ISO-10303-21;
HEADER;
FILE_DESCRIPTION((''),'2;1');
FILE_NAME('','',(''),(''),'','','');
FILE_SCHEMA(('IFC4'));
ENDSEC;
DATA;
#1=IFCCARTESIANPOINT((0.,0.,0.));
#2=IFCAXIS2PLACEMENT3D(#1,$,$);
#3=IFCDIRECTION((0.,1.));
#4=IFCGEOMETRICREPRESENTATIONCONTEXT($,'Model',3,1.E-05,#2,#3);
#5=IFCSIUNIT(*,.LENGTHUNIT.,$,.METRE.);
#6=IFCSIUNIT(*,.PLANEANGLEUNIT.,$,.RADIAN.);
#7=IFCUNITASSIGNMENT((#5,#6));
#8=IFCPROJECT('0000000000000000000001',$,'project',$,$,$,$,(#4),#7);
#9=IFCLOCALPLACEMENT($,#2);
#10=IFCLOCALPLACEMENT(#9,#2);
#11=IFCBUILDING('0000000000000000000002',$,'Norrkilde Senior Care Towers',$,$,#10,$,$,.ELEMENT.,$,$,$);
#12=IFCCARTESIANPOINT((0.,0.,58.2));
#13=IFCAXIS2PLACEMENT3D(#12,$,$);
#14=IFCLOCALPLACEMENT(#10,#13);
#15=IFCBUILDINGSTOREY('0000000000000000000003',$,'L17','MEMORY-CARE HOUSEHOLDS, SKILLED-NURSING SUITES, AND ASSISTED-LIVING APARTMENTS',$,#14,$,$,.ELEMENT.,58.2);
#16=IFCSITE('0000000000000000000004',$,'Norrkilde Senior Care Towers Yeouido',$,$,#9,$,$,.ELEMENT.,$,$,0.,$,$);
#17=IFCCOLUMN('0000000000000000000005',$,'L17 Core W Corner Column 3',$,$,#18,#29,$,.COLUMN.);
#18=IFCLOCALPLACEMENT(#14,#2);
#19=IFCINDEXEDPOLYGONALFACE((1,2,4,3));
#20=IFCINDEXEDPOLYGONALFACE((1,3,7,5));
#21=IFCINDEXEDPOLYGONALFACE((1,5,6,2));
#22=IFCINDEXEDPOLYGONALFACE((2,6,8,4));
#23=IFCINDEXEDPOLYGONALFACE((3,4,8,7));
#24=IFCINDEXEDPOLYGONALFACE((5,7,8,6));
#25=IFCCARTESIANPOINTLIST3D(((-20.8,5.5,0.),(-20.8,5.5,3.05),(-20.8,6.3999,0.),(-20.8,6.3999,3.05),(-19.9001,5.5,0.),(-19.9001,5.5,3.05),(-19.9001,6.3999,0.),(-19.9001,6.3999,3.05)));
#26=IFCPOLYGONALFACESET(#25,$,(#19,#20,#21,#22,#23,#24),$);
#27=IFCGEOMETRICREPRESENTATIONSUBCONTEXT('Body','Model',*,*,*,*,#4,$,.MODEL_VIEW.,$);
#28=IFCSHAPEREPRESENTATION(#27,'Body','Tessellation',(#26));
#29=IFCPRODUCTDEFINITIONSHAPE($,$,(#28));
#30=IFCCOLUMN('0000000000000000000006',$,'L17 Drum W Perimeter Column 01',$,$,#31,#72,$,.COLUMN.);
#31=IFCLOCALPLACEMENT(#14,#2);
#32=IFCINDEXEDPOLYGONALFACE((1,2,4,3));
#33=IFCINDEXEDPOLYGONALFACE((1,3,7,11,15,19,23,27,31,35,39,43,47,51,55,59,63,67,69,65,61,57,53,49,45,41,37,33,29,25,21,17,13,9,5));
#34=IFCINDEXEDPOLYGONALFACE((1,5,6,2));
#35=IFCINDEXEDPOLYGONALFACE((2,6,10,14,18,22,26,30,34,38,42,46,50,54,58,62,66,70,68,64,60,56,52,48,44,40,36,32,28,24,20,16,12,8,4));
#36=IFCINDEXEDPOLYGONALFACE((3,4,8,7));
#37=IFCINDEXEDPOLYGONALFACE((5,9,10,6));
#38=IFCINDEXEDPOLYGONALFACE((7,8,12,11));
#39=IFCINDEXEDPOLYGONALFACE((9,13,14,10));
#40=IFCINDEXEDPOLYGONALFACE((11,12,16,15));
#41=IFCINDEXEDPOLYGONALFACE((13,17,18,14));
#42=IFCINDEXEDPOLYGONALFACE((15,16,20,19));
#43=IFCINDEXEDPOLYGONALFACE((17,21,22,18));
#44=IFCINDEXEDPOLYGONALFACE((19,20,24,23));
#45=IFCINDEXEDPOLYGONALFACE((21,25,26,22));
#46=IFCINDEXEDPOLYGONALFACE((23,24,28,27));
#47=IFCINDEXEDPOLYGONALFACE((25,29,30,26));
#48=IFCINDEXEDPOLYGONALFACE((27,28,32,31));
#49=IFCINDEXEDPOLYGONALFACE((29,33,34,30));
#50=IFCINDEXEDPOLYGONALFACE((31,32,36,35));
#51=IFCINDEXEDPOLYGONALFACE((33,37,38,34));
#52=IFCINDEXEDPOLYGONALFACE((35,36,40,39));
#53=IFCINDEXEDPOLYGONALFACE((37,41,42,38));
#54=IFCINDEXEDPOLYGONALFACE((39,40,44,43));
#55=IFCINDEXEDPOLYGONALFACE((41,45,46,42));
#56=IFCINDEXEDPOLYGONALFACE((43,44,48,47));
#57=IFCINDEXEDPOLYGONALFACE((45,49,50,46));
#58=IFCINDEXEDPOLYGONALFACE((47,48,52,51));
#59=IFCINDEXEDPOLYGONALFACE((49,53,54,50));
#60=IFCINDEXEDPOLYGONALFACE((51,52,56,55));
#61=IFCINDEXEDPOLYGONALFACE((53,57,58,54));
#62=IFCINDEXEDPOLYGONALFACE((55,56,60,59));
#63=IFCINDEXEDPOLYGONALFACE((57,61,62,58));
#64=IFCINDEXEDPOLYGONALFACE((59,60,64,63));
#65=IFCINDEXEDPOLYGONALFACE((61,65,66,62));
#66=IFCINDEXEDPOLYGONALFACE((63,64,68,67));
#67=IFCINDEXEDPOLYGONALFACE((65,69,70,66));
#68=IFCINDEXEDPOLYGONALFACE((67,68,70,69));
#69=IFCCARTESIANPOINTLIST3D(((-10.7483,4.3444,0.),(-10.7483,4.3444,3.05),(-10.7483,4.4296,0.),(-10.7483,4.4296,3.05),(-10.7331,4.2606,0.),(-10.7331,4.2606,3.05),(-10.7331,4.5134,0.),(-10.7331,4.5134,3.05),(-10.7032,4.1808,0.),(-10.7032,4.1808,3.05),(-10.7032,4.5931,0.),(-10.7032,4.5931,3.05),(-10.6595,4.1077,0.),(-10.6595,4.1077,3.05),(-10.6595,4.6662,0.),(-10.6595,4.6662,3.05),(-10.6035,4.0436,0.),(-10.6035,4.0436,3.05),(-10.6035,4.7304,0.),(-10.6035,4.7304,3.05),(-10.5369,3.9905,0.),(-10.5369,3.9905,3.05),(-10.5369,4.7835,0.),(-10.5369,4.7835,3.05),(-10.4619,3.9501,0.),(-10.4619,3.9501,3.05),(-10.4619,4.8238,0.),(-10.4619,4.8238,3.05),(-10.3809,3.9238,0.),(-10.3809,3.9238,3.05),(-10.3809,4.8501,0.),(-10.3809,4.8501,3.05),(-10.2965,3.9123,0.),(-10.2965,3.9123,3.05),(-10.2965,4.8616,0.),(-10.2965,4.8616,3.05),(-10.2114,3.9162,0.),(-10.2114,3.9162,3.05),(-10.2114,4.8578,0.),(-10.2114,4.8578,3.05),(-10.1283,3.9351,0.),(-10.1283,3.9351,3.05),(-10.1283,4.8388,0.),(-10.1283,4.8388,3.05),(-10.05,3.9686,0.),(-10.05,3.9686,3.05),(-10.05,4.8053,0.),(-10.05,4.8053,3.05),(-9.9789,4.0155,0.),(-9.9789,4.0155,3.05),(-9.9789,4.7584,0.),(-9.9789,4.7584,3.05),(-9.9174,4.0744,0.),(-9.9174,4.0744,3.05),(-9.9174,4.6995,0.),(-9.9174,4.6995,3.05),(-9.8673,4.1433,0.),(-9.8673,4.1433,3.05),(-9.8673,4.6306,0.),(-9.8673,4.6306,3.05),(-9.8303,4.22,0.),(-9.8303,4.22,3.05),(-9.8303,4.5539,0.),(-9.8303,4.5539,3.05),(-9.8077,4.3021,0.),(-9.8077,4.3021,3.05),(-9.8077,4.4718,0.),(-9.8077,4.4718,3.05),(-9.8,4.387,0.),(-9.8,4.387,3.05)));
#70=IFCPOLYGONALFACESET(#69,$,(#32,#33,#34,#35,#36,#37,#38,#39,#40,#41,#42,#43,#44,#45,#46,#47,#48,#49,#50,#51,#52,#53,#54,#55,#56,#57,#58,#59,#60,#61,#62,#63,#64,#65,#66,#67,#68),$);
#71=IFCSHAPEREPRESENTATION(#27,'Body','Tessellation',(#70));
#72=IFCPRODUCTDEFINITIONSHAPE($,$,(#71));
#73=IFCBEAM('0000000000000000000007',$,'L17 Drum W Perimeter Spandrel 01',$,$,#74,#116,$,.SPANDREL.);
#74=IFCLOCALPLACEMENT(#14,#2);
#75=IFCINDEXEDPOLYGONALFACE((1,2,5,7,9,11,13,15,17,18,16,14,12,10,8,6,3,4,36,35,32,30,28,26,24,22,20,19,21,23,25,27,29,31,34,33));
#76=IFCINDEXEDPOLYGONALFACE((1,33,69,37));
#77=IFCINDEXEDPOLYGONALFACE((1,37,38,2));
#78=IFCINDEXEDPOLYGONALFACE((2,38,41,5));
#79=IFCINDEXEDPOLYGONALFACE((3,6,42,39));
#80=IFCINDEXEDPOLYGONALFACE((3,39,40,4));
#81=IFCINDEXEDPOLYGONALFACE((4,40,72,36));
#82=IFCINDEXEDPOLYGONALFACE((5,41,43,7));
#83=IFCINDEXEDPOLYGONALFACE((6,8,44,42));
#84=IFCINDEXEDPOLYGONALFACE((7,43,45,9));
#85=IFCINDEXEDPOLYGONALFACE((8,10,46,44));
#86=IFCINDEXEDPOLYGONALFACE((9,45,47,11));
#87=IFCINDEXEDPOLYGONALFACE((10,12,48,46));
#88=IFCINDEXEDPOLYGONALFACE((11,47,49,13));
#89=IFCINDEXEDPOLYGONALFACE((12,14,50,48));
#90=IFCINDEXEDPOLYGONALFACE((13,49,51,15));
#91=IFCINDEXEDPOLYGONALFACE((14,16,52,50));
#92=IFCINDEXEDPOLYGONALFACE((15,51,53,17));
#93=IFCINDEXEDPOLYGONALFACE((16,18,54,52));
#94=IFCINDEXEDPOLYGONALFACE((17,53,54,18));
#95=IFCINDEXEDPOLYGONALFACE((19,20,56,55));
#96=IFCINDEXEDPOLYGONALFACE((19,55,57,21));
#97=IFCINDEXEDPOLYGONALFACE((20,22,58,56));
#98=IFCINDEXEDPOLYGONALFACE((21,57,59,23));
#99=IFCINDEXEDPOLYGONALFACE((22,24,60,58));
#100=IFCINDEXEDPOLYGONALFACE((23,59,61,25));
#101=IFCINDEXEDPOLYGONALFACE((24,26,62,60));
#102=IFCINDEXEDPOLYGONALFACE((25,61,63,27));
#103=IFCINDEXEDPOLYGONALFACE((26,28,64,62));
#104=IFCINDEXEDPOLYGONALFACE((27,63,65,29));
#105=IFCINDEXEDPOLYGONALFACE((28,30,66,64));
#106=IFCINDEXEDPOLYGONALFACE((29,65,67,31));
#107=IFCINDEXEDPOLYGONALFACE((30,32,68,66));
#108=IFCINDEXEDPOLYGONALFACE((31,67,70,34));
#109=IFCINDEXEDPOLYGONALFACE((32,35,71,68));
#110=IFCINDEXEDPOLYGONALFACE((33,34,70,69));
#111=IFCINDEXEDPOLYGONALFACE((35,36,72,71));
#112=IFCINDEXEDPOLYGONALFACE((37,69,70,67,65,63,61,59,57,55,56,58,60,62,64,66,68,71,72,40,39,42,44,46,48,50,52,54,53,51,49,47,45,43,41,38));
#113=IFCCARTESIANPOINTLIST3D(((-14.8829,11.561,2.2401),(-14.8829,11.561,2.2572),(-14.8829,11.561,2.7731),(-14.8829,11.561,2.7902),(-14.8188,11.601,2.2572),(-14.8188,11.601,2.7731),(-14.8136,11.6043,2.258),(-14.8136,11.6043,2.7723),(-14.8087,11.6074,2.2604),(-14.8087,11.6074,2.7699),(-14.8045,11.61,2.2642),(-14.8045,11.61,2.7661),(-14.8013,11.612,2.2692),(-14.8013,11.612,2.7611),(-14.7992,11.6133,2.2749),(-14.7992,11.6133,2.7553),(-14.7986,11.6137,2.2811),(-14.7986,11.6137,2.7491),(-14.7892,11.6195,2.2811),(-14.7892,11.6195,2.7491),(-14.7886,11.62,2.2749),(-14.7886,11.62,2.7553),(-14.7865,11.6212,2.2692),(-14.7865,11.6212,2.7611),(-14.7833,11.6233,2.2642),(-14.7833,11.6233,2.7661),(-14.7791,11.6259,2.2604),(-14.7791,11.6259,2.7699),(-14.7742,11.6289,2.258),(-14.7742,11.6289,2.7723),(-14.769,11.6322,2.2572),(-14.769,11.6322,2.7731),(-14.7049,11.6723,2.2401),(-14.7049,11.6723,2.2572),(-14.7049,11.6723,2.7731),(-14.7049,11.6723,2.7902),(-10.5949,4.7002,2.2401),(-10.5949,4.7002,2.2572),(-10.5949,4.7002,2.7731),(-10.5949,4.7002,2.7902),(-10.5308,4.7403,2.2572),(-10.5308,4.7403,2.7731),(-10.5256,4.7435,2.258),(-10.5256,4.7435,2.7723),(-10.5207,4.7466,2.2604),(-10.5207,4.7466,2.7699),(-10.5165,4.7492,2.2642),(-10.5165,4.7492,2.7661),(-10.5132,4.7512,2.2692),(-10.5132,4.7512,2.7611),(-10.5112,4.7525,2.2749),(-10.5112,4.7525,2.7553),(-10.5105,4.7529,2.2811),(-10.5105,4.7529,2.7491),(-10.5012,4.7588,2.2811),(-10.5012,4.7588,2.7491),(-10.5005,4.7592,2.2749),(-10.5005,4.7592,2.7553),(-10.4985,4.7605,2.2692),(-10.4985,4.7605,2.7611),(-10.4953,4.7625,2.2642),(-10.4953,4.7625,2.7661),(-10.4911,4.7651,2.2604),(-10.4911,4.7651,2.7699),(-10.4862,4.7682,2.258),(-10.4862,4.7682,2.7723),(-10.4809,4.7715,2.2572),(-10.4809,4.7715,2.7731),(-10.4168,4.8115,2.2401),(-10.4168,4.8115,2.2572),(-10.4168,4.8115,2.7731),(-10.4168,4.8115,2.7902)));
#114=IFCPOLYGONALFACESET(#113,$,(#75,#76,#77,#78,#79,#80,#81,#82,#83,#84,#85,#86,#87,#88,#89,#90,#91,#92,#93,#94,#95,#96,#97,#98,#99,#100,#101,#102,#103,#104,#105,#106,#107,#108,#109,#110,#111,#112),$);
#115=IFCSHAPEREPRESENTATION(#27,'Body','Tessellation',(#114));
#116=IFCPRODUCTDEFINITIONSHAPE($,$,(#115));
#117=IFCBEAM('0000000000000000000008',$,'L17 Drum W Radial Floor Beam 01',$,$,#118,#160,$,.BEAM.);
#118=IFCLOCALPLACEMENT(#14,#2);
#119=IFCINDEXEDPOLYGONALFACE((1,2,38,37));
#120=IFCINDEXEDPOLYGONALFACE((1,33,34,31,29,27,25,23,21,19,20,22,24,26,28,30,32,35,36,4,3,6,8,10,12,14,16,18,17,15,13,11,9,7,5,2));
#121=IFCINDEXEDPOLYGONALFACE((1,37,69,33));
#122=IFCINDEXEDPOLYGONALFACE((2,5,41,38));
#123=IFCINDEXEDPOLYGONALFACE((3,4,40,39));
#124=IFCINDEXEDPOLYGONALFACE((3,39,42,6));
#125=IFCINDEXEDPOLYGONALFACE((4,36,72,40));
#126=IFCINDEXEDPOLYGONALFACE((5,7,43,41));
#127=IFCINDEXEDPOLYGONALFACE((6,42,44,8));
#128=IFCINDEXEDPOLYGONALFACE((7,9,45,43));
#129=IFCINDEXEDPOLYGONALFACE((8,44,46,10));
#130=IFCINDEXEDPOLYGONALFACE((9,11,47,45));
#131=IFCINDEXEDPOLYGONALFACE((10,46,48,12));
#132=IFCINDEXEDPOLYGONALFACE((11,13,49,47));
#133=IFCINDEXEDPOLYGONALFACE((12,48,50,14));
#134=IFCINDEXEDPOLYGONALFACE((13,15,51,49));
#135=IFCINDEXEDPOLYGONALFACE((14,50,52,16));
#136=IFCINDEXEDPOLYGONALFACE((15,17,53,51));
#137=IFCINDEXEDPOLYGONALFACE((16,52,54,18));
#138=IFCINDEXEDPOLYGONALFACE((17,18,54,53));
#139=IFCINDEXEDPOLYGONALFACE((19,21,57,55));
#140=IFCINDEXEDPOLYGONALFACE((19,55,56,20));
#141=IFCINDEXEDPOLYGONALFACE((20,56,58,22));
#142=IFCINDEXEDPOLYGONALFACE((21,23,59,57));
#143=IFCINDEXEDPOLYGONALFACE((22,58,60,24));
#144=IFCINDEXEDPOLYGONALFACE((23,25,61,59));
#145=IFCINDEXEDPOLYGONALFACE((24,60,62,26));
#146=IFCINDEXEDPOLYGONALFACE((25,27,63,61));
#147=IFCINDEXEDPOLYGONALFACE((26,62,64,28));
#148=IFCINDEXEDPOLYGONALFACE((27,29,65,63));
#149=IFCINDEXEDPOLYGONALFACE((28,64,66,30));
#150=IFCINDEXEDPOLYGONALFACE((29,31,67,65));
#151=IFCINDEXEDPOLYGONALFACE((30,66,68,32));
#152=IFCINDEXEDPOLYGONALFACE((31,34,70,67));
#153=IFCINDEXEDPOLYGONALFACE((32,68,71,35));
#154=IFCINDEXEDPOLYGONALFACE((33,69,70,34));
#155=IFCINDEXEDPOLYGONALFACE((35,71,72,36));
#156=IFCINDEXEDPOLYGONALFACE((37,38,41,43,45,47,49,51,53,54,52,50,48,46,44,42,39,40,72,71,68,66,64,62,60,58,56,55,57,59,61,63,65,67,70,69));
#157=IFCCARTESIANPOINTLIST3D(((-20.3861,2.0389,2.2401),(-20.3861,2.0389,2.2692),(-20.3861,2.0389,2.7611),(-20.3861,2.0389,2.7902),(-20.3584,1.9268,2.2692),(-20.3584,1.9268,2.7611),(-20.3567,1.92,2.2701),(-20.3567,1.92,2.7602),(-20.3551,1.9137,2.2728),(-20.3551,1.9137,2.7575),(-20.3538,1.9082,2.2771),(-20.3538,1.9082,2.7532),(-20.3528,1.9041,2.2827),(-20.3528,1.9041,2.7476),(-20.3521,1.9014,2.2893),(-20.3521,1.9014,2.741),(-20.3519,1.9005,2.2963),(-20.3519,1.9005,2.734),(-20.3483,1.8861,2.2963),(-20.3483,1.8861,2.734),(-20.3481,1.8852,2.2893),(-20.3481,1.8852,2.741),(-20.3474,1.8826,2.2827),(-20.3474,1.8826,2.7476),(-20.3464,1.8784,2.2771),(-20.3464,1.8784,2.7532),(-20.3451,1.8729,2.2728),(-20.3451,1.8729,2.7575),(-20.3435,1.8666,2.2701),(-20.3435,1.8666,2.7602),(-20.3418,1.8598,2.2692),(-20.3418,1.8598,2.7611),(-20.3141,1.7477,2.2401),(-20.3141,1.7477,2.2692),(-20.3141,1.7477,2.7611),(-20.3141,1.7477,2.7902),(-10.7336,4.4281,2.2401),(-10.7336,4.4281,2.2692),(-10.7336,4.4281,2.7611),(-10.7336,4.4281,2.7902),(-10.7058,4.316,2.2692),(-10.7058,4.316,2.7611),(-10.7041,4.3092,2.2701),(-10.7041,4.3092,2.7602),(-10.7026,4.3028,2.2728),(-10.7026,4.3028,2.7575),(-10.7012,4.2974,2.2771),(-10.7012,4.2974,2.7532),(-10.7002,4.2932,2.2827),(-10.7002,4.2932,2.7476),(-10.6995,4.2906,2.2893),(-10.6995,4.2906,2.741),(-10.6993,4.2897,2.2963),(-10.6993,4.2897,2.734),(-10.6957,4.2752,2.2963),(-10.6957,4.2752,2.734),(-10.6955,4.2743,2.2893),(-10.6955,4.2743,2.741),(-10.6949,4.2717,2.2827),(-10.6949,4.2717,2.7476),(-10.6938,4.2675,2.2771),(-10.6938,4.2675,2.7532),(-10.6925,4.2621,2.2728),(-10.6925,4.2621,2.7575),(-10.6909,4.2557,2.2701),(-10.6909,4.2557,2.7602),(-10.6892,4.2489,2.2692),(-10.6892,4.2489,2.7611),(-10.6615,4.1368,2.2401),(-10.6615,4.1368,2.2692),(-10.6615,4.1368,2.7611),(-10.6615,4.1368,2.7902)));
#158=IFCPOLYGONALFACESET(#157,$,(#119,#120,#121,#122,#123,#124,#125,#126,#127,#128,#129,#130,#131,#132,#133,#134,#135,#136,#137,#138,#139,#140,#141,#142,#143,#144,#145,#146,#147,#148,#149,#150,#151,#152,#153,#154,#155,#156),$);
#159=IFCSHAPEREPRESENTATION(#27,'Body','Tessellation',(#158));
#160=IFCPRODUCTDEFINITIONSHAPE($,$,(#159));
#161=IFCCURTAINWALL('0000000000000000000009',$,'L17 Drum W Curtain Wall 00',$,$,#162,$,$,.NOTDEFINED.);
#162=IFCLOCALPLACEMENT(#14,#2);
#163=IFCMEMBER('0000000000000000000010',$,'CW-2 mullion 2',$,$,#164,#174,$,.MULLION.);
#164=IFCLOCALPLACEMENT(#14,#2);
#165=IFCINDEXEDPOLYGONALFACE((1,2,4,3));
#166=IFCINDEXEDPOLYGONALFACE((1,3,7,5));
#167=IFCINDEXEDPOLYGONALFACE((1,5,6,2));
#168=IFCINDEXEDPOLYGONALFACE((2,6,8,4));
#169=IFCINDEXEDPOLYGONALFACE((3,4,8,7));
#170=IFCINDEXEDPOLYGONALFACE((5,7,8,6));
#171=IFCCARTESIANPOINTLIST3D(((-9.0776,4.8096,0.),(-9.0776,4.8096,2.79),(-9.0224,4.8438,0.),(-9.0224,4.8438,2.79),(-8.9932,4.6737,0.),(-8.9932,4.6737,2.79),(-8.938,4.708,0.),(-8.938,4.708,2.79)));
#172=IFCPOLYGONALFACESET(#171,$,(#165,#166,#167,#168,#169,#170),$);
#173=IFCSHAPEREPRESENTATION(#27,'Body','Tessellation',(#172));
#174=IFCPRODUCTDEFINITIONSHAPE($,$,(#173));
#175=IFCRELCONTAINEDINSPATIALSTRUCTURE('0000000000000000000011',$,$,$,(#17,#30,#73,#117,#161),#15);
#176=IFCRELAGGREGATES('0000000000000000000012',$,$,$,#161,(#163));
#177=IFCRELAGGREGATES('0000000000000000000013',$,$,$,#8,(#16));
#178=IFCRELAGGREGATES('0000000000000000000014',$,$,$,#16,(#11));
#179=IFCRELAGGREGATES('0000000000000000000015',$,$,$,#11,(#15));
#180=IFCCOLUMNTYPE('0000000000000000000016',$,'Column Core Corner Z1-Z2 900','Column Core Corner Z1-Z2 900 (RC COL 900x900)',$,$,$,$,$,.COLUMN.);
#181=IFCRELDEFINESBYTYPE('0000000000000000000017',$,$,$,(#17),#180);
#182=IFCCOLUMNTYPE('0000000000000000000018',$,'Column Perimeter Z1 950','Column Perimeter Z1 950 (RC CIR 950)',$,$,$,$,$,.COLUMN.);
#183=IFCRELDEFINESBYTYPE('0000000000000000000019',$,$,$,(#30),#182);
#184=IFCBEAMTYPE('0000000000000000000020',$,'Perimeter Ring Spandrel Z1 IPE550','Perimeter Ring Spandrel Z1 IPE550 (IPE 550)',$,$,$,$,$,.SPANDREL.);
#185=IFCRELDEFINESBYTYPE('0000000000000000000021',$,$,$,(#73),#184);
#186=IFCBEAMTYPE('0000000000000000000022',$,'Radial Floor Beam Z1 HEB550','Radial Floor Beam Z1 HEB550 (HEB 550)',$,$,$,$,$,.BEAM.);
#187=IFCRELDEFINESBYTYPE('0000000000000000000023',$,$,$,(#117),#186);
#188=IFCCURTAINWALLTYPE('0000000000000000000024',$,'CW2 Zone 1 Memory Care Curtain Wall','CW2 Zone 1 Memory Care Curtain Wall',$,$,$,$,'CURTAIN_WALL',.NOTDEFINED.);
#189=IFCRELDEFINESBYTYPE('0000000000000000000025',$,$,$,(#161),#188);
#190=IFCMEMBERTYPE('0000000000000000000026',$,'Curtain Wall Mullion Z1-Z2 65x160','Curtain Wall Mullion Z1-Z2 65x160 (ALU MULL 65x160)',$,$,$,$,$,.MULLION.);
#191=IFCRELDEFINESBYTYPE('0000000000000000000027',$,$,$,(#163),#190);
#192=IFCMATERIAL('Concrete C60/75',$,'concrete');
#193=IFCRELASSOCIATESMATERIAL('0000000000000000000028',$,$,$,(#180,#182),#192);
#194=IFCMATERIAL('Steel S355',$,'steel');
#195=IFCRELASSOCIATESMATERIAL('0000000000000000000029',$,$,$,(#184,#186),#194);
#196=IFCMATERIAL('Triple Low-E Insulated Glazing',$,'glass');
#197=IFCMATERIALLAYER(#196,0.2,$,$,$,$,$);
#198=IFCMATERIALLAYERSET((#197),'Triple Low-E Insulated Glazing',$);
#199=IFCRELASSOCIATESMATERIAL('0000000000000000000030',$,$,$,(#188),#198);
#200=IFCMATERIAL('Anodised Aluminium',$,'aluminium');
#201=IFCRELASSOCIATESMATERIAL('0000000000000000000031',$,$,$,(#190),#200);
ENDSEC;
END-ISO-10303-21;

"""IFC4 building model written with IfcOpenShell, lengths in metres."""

from ifc_helpers import new_model, si_unit, direction, frame, origin, origin_2d, place, context, subcontext, project, spatial, rectangle, circle, i_section, extrude, source, transform, mapped, material, layer, layer_set, material_profile, profile_set, type_object, type_shapes, element, aggregate, save


model = new_model("IFC4")

# Units and contexts
model_context = context("Model", 3, precision=1e-05, world=origin(), true_north=direction((0.0, 1.0)))
body_context = subcontext(model_context, "Body", "Model", "MODEL_VIEW")
ifc_project = project(units=[si_unit("LENGTHUNIT", "METRE"), si_unit("PLANEANGLEUNIT", "RADIAN")], contexts=[model_context])

# Site, building, storey
site_placement = place(None, origin())
site = spatial("IfcSite", under=ifc_project, at=site_placement, Name="Norrkilde Senior Care Towers Yeouido", CompositionType="ELEMENT", RefElevation=0.0)
building_placement = place(site_placement, origin())
building = spatial("IfcBuilding", under=site, at=building_placement, Name="Norrkilde Senior Care Towers", CompositionType="ELEMENT")
storey_placement = place(building_placement, frame((0.0, 0.0, 58.2)))
storey = spatial("IfcBuildingStorey", under=building, at=storey_placement, Name="L17", Description="MEMORY-CARE HOUSEHOLDS, SKILLED-NURSING SUITES, AND ASSISTED-LIVING APARTMENTS", CompositionType="ELEMENT", Elevation=58.2)

# Columns
ifc_material_1 = material(Name="Concrete C60/75", Category="concrete")
ifc_material_profile_1 = material_profile(ifc_material_1, rectangle(XDim=0.8999, YDim=0.8999, at=origin_2d()), Name="RC COL 900x900")
ifc_profile_set_1 = profile_set([ifc_material_profile_1], Name="Concrete C60/75")
column_type_1 = type_object("IfcColumnType", Name="Column Core Corner Z1-Z2 900", Description="Column Core Corner Z1-Z2 900 (RC COL 900x900)", PredefinedType="COLUMN", material=ifc_profile_set_1)
shared_shape_1 = source(origin(), body_context, "Body", "SweptSolid", [
    extrude(rectangle(XDim=0.8999, YDim=0.8999, at=origin_2d()), origin(), (0.0, 0.0, 1.0), 3.05),
])
type_shapes(column_type_1, [shared_shape_1])
column_1_placement = place(storey_placement, frame((-20.3501, 5.95, 0.0), z_axis=(0.0, 0.0, 1.0), x_axis=(1.0, 0.0, 0.0)))
element("IfcColumn", 1, at=column_1_placement, inside=storey, type_object=column_type_1, Name="L17 Core W Corner Column 3", PredefinedType="COLUMN", context=body_context, shape_type="MappedRepresentation", body=[
    mapped(shared_shape_1, transform((0.0, 0.0, 0.0), x_axis=(1.0, 0.0, 0.0), y_axis=(0.0, 1.0, 0.0), z_axis=(0.0, 0.0, 1.0), scale=1.0)),
])
ifc_material_profile_2 = material_profile(ifc_material_1, circle(Radius=0.4751, at=origin_2d()), Name="RC CIR 950")
ifc_profile_set_2 = profile_set([ifc_material_profile_2], Name="Concrete C60/75")
column_type_2 = type_object("IfcColumnType", Name="Column Perimeter Z1 950", Description="Column Perimeter Z1 950 (RC CIR 950)", PredefinedType="COLUMN", material=ifc_profile_set_2)
shared_shape_2 = source(origin(), body_context, "Body", "SweptSolid", [
    extrude(circle(Radius=0.4751, at=origin_2d()), origin(), (0.0, 0.0, 1.0), 3.05),
])
type_shapes(column_type_2, [shared_shape_2])
column_2_placement = place(storey_placement, frame((-10.2751, 4.387, 0.0), z_axis=(0.0, 0.0, 1.0), x_axis=(1.0, 0.0, 0.0)))
element("IfcColumn", 2, at=column_2_placement, inside=storey, type_object=column_type_2, Name="L17 Drum W Perimeter Column 01", PredefinedType="COLUMN", context=body_context, shape_type="MappedRepresentation", body=[
    mapped(shared_shape_2, transform((0.0, 0.0, 0.0), x_axis=(1.0, 0.0, 0.0), y_axis=(0.0, 1.0, 0.0), z_axis=(0.0, 0.0, 1.0), scale=1.0)),
])

# Beams
ifc_material_2 = material(Name="Steel S355", Category="steel")
ifc_material_profile_3 = material_profile(ifc_material_2, i_section(OverallWidth=0.21, OverallDepth=0.55, WebThickness=0.011, FlangeThickness=0.0171, FilletRadius=0.0239, at=origin_2d()), Name="IPE 550")
ifc_profile_set_3 = profile_set([ifc_material_profile_3], Name="Steel S355")
beam_type_1 = type_object("IfcBeamType", Name="Perimeter Ring Spandrel Z1 IPE550", Description="Perimeter Ring Spandrel Z1 IPE550 (IPE 550)", PredefinedType="SPANDREL", material=ifc_profile_set_3)
shared_shape_3 = source(origin(), body_context, "Body", "SweptSolid", [
    extrude(i_section(OverallWidth=0.21, OverallDepth=0.55, WebThickness=0.011, FlangeThickness=0.0171, FilletRadius=0.0239, at=origin_2d()), origin(), (0.0, 0.0, 1.0), 8.0906),
])
type_shapes(beam_type_1, [shared_shape_3])
beam_1_placement = place(storey_placement, frame((-10.5059, 4.7559, 2.5151), z_axis=(-0.530004, 0.847995, 0.0), x_axis=(-0.847995, -0.530004, 0.0)))
element("IfcBeam", 3, at=beam_1_placement, inside=storey, type_object=beam_type_1, Name="L17 Drum W Perimeter Spandrel 01", PredefinedType="SPANDREL", context=body_context, shape_type="MappedRepresentation", body=[
    mapped(shared_shape_3, transform((0.0, 0.0, 0.0), x_axis=(1.0, 0.0, 0.0), y_axis=(0.0, 1.0, 0.0), z_axis=(0.0, 0.0, 1.0), scale=1.0)),
])
ifc_material_profile_4 = material_profile(ifc_material_2, i_section(OverallWidth=0.3, OverallDepth=0.55, WebThickness=0.0149, FlangeThickness=0.0291, FilletRadius=0.0271, at=origin_2d()), Name="HEB 550")
ifc_profile_set_4 = profile_set([ifc_material_profile_4], Name="Steel S355")
beam_type_2 = type_object("IfcBeamType", Name="Radial Floor Beam Z1 HEB550", Description="Radial Floor Beam Z1 HEB550 (HEB 550)", PredefinedType="BEAM", material=ifc_profile_set_4)
shared_shape_4 = source(origin(), body_context, "Body", "SweptSolid", [
    extrude(i_section(OverallWidth=0.3, OverallDepth=0.55, WebThickness=0.0149, FlangeThickness=0.0291, FilletRadius=0.0271, at=origin_2d()), origin(), (0.0, 0.0, 1.0), 9.9438),
])
type_shapes(beam_type_2, [shared_shape_4])
beam_2_placement = place(storey_placement, frame((-20.3501, 1.8933, 2.5151), z_axis=(0.970707, 0.240265, 0.0), x_axis=(-0.240265, 0.970707, 0.0)))
element("IfcBeam", 4, at=beam_2_placement, inside=storey, type_object=beam_type_2, Name="L17 Drum W Radial Floor Beam 01", PredefinedType="BEAM", context=body_context, shape_type="MappedRepresentation", body=[
    mapped(shared_shape_4, transform((0.0, 0.0, 0.0), x_axis=(1.0, 0.0, 0.0), y_axis=(0.0, 1.0, 0.0), z_axis=(0.0, 0.0, 1.0), scale=1.0)),
])

# Curtain wall, member
ifc_material_3 = material(Name="Triple Low-E Insulated Glazing", Category="glass")
ifc_layer_1 = layer(ifc_material_3, 0.2)
ifc_layer_set_1 = layer_set([ifc_layer_1], Name="Triple Low-E Insulated Glazing")
curtain_wall_type = type_object("IfcCurtainWallType", Name="CW2 Zone 1 Memory Care Curtain Wall", Description="CW2 Zone 1 Memory Care Curtain Wall", ElementType="CURTAIN_WALL", PredefinedType="NOTDEFINED", material=ifc_layer_set_1)
curtain_wall_placement = place(storey_placement, origin())
curtain_wall = element("IfcCurtainWall", 5, at=curtain_wall_placement, inside=storey, type_object=curtain_wall_type, Name="L17 Drum W Curtain Wall 00", PredefinedType="NOTDEFINED")
ifc_material_4 = material(Name="Anodised Aluminium", Category="aluminium")
ifc_material_profile_5 = material_profile(ifc_material_4, rectangle(XDim=0.0649, YDim=0.1599, at=origin_2d()), Name="ALU MULL 65x160")
ifc_profile_set_5 = profile_set([ifc_material_profile_5], Name="Anodised Aluminium")
member_type = type_object("IfcMemberType", Name="Curtain Wall Mullion Z1-Z2 65x160", Description="Curtain Wall Mullion Z1-Z2 65x160 (ALU MULL 65x160)", PredefinedType="MULLION", material=ifc_profile_set_5)
shared_shape_5 = source(origin(), body_context, "Body", "SweptSolid", [
    extrude(rectangle(XDim=0.0649, YDim=0.1599, at=origin_2d()), origin(), (0.0, 0.0, 1.0), 2.79),
])
type_shapes(member_type, [shared_shape_5])
member_placement = place(storey_placement, frame((-9.0078, 4.7588, 0.0), z_axis=(0.0, 0.0, 1.0), x_axis=(0.849306, 0.527901, 0.0)))
member = element("IfcMember", 6, at=member_placement, type_object=member_type, Name="CW-2 mullion 2", PredefinedType="MULLION", context=body_context, shape_type="MappedRepresentation", body=[
    mapped(shared_shape_5, transform((0.0, 0.0, 0.0), x_axis=(1.0, 0.0, 0.0), y_axis=(0.0, 1.0, 0.0), z_axis=(0.0, 0.0, 1.0), scale=1.0)),
])
aggregate(curtain_wall, [member])

save(model, "model.ifc")
